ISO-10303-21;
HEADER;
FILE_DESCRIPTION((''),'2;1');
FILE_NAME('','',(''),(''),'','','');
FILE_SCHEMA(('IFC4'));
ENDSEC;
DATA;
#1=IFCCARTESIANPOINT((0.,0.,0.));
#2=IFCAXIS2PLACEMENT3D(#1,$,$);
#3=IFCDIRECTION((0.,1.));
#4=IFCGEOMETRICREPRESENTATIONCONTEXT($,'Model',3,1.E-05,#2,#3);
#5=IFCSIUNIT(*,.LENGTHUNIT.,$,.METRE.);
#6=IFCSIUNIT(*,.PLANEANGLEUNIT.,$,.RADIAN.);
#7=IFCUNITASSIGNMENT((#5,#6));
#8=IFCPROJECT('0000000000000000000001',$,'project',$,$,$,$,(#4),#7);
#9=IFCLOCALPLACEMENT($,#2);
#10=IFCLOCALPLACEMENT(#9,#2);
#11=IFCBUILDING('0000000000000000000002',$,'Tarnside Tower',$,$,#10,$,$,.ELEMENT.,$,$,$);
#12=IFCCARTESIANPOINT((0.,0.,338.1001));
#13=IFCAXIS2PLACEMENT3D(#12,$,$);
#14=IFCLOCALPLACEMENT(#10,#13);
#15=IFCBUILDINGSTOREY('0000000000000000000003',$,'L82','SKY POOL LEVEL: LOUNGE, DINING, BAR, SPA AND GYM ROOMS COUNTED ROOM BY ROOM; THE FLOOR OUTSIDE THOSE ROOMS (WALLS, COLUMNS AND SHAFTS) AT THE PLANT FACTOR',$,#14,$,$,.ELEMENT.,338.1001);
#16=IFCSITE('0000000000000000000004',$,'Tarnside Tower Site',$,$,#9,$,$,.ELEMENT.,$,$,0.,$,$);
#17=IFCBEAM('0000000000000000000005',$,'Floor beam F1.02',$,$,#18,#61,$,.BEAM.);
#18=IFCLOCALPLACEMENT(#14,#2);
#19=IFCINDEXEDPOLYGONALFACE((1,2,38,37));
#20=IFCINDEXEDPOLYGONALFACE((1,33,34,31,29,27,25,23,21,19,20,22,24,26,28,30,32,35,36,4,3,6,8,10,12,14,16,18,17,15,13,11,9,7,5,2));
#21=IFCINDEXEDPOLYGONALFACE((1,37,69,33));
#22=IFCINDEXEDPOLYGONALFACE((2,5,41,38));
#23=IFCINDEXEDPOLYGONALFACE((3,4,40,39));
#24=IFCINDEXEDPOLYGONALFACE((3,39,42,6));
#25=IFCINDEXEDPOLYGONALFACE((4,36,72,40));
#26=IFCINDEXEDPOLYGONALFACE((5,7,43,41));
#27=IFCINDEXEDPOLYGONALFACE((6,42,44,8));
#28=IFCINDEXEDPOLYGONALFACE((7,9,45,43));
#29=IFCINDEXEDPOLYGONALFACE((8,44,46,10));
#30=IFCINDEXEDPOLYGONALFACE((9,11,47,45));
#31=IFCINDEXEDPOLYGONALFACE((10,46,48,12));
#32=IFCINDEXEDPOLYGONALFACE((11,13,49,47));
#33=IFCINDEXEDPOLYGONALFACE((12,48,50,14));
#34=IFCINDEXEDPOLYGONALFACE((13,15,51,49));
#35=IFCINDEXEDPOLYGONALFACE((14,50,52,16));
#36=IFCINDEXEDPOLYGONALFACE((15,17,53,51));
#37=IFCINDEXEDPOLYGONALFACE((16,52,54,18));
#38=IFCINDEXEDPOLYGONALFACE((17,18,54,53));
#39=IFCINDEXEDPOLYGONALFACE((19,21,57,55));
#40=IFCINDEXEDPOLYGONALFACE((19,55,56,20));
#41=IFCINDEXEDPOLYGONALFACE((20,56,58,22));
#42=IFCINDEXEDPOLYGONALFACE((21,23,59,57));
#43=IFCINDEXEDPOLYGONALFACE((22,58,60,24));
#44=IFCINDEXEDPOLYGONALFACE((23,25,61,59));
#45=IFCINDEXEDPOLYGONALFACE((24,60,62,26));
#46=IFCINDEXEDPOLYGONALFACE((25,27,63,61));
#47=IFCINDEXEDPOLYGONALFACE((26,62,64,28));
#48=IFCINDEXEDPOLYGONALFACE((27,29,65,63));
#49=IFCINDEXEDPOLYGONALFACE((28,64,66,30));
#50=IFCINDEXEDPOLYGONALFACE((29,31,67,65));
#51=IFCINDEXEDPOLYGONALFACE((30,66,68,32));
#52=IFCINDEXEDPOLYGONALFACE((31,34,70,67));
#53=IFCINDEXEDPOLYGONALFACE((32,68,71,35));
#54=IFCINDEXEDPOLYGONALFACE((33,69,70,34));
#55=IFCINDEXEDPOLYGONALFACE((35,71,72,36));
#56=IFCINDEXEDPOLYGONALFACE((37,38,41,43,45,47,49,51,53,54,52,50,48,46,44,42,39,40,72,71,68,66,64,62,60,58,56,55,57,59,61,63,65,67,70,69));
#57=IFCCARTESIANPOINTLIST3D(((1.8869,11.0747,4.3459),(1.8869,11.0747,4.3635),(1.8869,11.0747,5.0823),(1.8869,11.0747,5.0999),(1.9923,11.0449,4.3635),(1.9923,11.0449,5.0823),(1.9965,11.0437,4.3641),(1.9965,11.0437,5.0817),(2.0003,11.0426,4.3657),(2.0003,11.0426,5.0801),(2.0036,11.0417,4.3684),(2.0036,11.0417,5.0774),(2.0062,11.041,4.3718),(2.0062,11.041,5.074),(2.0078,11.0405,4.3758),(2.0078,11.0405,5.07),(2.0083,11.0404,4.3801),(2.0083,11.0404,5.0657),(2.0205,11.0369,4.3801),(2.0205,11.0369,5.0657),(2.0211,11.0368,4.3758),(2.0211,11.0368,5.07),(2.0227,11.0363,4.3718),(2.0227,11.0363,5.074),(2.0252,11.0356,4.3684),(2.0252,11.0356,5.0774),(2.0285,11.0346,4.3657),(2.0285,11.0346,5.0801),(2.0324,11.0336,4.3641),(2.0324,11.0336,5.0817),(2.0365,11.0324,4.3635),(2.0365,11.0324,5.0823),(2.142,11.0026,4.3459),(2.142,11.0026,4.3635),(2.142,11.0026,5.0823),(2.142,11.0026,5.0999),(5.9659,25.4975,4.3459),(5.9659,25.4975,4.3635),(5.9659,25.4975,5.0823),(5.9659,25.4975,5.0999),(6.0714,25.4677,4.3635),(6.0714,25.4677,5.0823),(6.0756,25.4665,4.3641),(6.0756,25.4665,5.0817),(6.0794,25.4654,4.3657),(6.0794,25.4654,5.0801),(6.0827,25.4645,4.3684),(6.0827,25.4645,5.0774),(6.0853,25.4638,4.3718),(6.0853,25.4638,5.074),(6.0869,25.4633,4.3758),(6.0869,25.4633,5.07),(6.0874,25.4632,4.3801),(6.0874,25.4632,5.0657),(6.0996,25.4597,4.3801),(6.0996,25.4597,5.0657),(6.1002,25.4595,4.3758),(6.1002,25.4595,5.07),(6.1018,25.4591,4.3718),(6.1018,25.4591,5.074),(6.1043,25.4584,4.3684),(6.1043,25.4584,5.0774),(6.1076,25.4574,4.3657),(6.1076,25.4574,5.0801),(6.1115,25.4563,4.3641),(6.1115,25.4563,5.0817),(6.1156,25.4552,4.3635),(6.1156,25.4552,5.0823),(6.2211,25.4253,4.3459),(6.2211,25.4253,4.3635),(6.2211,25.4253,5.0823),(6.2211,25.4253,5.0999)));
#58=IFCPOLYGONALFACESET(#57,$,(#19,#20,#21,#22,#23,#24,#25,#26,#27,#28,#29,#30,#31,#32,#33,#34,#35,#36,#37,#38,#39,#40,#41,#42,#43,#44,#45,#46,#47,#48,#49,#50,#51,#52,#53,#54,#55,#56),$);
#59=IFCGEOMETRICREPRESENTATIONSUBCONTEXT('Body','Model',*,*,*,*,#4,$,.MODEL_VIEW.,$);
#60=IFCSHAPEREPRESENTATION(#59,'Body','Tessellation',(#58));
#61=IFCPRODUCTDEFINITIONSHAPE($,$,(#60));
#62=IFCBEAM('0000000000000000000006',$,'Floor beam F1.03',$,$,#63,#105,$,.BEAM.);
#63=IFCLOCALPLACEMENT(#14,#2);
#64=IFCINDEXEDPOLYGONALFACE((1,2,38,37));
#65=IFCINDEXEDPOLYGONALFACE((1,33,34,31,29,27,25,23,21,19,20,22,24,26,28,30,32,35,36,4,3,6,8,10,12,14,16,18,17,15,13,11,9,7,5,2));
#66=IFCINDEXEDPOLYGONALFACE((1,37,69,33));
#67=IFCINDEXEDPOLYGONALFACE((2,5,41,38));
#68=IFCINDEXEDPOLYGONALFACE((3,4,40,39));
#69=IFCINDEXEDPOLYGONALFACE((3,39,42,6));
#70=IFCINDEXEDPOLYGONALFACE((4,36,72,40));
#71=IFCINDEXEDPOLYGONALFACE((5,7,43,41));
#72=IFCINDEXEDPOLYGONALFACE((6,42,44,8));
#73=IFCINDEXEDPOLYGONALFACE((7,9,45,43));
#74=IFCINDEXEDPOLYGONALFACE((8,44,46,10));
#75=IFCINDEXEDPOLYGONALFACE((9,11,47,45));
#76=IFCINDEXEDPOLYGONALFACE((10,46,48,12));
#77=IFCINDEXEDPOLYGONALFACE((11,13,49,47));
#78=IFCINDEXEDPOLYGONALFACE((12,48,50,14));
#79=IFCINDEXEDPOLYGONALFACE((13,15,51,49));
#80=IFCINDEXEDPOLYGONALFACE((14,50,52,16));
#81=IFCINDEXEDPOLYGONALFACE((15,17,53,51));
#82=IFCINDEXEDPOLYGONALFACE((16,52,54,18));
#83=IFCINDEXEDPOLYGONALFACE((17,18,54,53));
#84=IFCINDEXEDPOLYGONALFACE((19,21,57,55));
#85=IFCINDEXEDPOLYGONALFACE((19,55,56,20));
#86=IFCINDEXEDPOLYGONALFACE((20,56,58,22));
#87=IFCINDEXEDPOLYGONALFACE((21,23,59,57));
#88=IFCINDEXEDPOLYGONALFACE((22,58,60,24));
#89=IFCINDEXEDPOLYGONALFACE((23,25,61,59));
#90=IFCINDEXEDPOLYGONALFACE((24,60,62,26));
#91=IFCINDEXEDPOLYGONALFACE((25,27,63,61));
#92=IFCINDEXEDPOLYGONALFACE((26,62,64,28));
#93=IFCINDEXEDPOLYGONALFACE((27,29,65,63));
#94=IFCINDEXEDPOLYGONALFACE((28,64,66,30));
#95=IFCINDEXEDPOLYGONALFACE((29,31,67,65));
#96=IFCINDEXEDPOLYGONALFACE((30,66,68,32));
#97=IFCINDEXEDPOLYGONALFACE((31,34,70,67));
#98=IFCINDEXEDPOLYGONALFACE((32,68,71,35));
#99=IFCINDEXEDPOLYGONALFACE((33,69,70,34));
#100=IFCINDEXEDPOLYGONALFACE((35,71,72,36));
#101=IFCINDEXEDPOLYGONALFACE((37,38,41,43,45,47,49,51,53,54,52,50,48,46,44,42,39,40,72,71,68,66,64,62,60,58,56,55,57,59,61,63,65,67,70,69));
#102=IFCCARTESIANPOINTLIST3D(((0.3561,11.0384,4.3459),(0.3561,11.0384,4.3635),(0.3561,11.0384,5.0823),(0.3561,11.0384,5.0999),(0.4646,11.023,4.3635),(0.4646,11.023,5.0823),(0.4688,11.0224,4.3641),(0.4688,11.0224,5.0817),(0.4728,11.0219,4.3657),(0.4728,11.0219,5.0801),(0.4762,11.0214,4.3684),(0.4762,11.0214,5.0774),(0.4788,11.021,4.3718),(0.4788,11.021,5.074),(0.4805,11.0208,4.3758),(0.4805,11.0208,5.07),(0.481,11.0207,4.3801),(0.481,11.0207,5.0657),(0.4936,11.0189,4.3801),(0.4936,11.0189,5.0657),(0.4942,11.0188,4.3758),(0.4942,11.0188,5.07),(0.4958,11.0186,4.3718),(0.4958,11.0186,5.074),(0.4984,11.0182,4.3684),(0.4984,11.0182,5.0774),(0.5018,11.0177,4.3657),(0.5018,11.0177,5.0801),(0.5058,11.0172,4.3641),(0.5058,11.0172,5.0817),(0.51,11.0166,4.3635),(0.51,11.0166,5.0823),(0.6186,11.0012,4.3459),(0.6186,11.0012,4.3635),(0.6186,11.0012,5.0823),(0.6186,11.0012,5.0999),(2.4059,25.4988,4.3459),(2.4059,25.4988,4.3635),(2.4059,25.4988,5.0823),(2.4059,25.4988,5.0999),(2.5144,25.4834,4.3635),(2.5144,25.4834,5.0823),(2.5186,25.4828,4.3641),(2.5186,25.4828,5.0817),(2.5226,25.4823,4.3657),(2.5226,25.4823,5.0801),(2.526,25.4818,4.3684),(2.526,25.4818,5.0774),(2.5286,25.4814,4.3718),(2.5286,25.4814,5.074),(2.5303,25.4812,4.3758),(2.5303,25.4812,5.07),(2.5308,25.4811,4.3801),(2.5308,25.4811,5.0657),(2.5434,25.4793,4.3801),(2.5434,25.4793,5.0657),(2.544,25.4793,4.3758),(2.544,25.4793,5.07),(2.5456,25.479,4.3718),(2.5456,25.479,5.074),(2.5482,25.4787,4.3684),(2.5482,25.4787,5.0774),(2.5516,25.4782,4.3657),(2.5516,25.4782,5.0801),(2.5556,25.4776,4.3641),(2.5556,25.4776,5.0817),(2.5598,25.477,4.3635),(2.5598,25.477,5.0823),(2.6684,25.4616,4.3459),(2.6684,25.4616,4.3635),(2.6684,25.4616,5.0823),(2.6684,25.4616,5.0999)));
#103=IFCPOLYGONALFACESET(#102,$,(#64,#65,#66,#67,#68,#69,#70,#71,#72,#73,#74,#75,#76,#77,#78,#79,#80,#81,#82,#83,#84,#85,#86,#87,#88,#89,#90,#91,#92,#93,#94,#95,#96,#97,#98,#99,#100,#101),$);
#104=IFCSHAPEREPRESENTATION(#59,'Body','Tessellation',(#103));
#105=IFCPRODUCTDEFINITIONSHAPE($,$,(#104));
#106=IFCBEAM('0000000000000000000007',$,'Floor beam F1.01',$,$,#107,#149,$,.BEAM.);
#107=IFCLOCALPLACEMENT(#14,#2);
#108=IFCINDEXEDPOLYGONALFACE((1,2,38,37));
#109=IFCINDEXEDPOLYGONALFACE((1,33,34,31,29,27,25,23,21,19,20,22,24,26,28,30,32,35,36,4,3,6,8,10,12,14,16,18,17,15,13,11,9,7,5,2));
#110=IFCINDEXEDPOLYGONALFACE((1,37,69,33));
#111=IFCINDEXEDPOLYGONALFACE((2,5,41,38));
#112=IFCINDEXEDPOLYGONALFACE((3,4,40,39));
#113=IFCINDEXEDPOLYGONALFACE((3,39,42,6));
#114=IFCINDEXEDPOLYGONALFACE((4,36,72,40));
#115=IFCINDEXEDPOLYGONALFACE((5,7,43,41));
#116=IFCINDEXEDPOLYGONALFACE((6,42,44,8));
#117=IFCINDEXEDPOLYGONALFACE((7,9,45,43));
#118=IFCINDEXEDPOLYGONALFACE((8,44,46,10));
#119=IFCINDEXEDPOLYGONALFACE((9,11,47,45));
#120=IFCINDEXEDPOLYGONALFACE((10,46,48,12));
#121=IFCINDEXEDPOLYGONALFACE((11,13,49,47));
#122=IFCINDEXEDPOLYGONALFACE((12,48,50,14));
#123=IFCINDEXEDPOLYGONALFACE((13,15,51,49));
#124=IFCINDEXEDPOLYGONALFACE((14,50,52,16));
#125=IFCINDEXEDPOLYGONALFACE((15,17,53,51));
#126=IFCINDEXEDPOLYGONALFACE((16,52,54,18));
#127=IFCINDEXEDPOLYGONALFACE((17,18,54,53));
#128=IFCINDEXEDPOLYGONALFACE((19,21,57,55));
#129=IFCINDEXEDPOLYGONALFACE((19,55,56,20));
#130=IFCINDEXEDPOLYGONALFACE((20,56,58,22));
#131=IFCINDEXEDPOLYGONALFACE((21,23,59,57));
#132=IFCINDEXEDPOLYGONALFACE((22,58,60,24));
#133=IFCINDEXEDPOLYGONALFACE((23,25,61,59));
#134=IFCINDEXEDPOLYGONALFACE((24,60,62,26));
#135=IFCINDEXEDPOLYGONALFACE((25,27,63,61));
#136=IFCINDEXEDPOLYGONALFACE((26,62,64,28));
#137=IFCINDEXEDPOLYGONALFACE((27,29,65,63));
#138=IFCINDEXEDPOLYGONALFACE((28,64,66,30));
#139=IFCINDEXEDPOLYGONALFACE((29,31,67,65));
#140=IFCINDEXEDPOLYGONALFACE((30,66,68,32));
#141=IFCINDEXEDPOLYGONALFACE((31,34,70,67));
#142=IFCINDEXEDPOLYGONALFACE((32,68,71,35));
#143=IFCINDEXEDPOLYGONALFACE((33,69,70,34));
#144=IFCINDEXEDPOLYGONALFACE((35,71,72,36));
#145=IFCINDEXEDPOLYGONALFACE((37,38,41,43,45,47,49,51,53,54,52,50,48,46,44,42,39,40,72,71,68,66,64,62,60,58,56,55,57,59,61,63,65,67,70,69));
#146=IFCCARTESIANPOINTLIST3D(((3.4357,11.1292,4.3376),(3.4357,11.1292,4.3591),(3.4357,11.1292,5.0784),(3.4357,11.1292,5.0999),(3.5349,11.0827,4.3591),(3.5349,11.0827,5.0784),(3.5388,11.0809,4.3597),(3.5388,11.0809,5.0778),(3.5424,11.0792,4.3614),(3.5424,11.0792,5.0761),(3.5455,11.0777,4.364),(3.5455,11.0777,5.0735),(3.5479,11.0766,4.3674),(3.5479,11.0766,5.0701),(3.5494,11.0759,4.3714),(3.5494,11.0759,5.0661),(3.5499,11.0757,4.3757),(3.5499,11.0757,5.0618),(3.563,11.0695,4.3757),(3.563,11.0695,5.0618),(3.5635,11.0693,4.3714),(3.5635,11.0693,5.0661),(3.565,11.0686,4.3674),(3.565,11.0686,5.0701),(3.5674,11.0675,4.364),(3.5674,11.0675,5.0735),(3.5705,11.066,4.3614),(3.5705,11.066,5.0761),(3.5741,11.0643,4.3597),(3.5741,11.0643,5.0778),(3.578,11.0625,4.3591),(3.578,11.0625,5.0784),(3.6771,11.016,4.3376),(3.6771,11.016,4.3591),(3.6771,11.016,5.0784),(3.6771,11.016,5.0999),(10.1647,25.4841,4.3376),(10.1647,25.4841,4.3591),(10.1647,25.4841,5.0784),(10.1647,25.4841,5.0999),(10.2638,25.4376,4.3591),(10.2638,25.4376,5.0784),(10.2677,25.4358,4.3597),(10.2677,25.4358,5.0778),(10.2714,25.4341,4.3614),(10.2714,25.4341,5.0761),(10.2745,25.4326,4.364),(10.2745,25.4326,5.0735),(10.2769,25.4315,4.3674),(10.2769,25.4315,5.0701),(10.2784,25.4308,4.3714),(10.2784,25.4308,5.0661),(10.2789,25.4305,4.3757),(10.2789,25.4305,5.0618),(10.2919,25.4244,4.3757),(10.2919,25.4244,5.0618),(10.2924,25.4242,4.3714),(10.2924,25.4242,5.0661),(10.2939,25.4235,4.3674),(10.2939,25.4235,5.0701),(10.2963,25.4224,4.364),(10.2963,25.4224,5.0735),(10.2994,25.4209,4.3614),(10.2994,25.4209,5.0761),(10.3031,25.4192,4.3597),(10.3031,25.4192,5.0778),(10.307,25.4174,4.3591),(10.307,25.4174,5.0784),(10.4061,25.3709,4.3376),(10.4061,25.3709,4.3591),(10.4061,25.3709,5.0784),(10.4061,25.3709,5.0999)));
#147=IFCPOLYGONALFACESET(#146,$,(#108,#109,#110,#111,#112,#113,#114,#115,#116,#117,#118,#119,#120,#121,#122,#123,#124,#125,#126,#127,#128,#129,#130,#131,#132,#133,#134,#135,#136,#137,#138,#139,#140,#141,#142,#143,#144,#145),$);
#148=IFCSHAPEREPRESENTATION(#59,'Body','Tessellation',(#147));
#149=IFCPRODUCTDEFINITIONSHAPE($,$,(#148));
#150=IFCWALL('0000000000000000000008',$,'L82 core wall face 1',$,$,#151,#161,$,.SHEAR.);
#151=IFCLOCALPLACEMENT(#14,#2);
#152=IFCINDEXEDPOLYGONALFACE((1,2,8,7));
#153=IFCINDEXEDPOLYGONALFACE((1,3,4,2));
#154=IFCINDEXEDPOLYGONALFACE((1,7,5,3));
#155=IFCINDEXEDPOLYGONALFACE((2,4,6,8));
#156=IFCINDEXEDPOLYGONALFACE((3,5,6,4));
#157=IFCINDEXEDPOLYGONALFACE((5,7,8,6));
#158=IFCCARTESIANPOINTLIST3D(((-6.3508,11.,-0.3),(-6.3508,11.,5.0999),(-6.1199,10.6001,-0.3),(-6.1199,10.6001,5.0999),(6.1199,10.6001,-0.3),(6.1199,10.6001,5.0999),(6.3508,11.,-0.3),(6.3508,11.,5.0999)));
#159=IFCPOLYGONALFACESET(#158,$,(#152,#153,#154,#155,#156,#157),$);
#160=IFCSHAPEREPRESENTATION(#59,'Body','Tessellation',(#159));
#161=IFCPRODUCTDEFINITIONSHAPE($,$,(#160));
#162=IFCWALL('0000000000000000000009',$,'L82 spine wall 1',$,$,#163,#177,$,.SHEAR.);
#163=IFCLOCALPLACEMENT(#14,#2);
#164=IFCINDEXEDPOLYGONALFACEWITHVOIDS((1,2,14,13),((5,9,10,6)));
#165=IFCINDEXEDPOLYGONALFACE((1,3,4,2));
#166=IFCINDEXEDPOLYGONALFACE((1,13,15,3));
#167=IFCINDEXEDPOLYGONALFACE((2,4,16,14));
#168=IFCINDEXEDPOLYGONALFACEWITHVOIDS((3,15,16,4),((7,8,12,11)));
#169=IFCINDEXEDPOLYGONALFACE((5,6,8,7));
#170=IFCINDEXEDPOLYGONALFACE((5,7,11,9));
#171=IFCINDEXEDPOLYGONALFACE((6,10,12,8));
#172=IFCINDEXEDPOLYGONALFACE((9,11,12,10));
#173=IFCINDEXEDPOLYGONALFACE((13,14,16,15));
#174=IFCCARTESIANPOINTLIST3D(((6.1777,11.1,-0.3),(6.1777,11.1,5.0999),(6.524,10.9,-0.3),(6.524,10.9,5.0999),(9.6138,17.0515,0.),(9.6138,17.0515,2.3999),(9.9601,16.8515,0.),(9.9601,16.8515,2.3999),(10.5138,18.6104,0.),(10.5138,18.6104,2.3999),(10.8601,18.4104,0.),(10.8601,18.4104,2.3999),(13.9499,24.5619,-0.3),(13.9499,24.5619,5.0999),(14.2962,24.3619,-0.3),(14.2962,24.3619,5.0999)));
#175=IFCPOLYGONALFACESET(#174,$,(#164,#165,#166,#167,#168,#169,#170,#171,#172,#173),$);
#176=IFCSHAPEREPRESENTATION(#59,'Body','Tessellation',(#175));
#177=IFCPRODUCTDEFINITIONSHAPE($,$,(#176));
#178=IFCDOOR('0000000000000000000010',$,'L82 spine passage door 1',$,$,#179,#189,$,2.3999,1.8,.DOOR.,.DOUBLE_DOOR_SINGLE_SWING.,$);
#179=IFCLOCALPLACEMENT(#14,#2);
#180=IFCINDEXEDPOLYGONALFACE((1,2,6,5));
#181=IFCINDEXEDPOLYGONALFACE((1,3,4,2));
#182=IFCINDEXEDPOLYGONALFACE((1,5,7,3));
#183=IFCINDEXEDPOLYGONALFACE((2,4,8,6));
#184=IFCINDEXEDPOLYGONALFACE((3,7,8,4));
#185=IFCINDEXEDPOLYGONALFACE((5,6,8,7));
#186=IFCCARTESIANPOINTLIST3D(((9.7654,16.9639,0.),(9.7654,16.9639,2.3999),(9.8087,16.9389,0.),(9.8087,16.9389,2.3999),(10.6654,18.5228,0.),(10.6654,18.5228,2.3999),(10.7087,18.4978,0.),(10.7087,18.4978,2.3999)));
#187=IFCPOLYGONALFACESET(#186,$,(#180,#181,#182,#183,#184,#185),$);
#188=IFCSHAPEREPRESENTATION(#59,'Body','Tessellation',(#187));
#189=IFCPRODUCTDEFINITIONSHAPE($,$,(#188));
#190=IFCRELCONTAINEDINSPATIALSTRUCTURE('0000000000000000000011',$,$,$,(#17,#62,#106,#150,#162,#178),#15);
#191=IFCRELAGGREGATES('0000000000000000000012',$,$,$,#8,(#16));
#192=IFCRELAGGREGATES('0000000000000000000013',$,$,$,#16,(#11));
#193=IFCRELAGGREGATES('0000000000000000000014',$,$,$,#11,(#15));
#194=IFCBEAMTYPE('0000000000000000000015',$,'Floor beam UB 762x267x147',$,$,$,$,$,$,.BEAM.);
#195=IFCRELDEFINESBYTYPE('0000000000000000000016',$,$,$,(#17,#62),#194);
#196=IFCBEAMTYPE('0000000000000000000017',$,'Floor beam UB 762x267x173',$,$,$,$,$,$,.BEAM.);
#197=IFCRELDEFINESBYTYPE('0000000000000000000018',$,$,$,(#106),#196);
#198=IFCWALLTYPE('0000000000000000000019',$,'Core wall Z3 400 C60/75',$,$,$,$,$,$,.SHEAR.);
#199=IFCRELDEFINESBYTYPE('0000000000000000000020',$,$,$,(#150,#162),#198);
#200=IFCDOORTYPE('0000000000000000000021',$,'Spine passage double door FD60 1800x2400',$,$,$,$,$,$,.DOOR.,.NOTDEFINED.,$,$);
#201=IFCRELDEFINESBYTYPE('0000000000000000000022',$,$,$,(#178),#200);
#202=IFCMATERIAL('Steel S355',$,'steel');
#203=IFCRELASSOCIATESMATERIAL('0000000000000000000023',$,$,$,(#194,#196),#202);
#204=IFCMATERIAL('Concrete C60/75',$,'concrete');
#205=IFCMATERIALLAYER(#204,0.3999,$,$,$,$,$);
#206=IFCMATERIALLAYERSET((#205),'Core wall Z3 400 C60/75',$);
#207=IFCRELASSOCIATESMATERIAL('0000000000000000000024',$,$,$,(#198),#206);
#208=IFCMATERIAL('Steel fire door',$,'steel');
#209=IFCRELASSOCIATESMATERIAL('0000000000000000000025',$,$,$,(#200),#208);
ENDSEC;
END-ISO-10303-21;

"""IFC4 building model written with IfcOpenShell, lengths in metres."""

from ifc_helpers import new_model, si_unit, direction, frame, frame_2d, origin, origin_2d, place, context, subcontext, project, spatial, polyline, rectangle, i_section, outline, extrude, material, layer, layer_set, material_profile, profile_set, type_object, element, fill, save


model = new_model("IFC4")

# Units and contexts
model_context = context("Model", 3, precision=1e-05, world=origin(), true_north=direction((0.0, 1.0)))
body_context = subcontext(model_context, "Body", "Model", "MODEL_VIEW")
ifc_project = project(units=[si_unit("LENGTHUNIT", "METRE"), si_unit("PLANEANGLEUNIT", "RADIAN")], contexts=[model_context])

# Site, building, storey
site_placement = place(None, origin())
site = spatial("IfcSite", under=ifc_project, at=site_placement, Name="Tarnside Tower Site", CompositionType="ELEMENT", RefElevation=0.0)
building_placement = place(site_placement, origin())
building = spatial("IfcBuilding", under=site, at=building_placement, Name="Tarnside Tower", CompositionType="ELEMENT")
storey_placement = place(building_placement, frame((0.0, 0.0, 338.1001)))
storey = spatial("IfcBuildingStorey", under=building, at=storey_placement, Name="L82", Description="SKY POOL LEVEL: LOUNGE, DINING, BAR, SPA AND GYM ROOMS COUNTED ROOM BY ROOM; THE FLOOR OUTSIDE THOSE ROOMS (WALLS, COLUMNS AND SHAFTS) AT THE PLANT FACTOR", CompositionType="ELEMENT", Elevation=338.1001)

# Beams
ifc_material_1 = material(Name="Steel S355", Category="steel")
ifc_material_profile_1 = material_profile(ifc_material_1, i_section(OverallWidth=0.2651, OverallDepth=0.7539, WebThickness=0.0127, FlangeThickness=0.0176, FilletRadius=0.0166, at=origin_2d()), Name="UB 762x267x147")
ifc_profile_set_1 = profile_set([ifc_material_profile_1], Name="Steel S355")
beam_type_1 = type_object("IfcBeamType", Name="Floor beam UB 762x267x147", PredefinedType="BEAM", material=ifc_profile_set_1)
beam_1_placement = place(storey_placement, frame((6.0935, 25.4614, 4.7229), z_axis=(-0.272147, -0.962256, 0.0), x_axis=(0.962256, -0.272147, 0.0)))
element("IfcBeam", 1, at=beam_1_placement, inside=storey, type_object=beam_type_1, Name="Floor beam F1.02", PredefinedType="BEAM", context=body_context, shape_type="SweptSolid", body=[
    extrude(i_section(OverallWidth=0.2651, OverallDepth=0.7539, WebThickness=0.0127, FlangeThickness=0.0176, FilletRadius=0.0166, at=origin_2d()), origin(), (0.0, 0.0, 1.0), 14.9885),
])
beam_2_placement = place(storey_placement, frame((2.5371, 25.4802, 4.7229), z_axis=(-0.140349, -0.990102, 0.0), x_axis=(0.990102, -0.140349, 0.0)))
element("IfcBeam", 2, at=beam_2_placement, inside=storey, type_object=beam_type_1, Name="Floor beam F1.03", PredefinedType="BEAM", context=body_context, shape_type="SweptSolid", body=[
    extrude(i_section(OverallWidth=0.2651, OverallDepth=0.7539, WebThickness=0.0127, FlangeThickness=0.0176, FilletRadius=0.0166, at=origin_2d()), origin(), (0.0, 0.0, 1.0), 14.605),
])
ifc_material_profile_2 = material_profile(ifc_material_1, i_section(OverallWidth=0.2666, OverallDepth=0.7622, WebThickness=0.0144, FlangeThickness=0.0215, FilletRadius=0.0166, at=origin_2d()), Name="UB 762x267x173")
ifc_profile_set_2 = profile_set([ifc_material_profile_2], Name="Steel S355")
beam_type_2 = type_object("IfcBeamType", Name="Floor beam UB 762x267x173", PredefinedType="BEAM", material=ifc_profile_set_2)
beam_3_placement = place(storey_placement, frame((10.2854, 25.4275, 4.7188), z_axis=(-0.424439, -0.905456, 0.0), x_axis=(0.905456, -0.424439, 0.0)))
element("IfcBeam", 3, at=beam_3_placement, inside=storey, type_object=beam_type_2, Name="Floor beam F1.01", PredefinedType="BEAM", context=body_context, shape_type="SweptSolid", body=[
    extrude(i_section(OverallWidth=0.2666, OverallDepth=0.7622, WebThickness=0.0144, FlangeThickness=0.0215, FilletRadius=0.0166, at=origin_2d()), origin(), (0.0, 0.0, 1.0), 15.8538),
])

# Wall
ifc_material_2 = material(Name="Concrete C60/75", Category="concrete")
ifc_layer_1 = layer(ifc_material_2, 0.3999)
ifc_layer_set_1 = layer_set([ifc_layer_1], Name="Core wall Z3 400 C60/75")
wall_type_1 = type_object("IfcWallType", Name="Core wall Z3 400 C60/75", PredefinedType="SHEAR", material=ifc_layer_set_1)
wall_1_placement = place(storey_placement, frame((6.2354, 10.8, -0.3), z_axis=(0.0, 0.0, 1.0), x_axis=(-1.0, 0.0, 0.0)))
element("IfcWall", 4, at=wall_1_placement, inside=storey, type_object=wall_type_1, Name="L82 core wall face 1", PredefinedType="SHEAR", context=body_context, shape_type="SweptSolid", body=[
    extrude(outline(polyline([(-0.1155, -0.2), (12.5862, -0.2), (12.3552, 0.2), (0.1155, 0.2), (-0.1155, -0.2)])), origin(), (0.0, 0.0, 1.0), 5.3999),
])

# Wall, opening, door
wall_2_placement = place(storey_placement, frame((6.3508, 11.0, -0.3), z_axis=(0.0, 0.0, 1.0), x_axis=(0.499999, 0.866026, 0.0)))
wall_2 = element("IfcWall", 5, at=wall_2_placement, inside=storey, type_object=wall_type_1, Name="L82 spine wall 1", PredefinedType="SHEAR", context=body_context, shape_type="SweptSolid", body=[
    extrude(rectangle(XDim=15.5444, YDim=0.3999, at=frame_2d((7.7722, 0.0))), origin(), (0.0, 0.0, 1.0), 5.3999),
])
opening_1_placement = place(wall_2_placement, frame((6.8723, 0.0, 0.3)))
opening_1 = element("IfcOpeningElement", 6, at=opening_1_placement, cuts=wall_2, PredefinedType="OPENING", context=body_context, shape_type="SweptSolid", body=[
    extrude(rectangle(XDim=1.8, YDim=2.3999, at=frame_2d((0.8999, 1.2))), frame((0.0, 0.21, 0.0), z_axis=(0.0, -1.0, 0.0), x_axis=(1.0, 0.0, 0.0)), (0.0, 0.0, 1.0), 0.4199),
])
ifc_material_3 = material(Name="Steel fire door", Category="steel")
door_type_1 = type_object("IfcDoorType", Name="Spine passage double door FD60 1800x2400", OperationType="NOTDEFINED", PredefinedType="DOOR", material=ifc_material_3)
door_1_placement = place(opening_1_placement, origin())
door_1 = element("IfcDoor", 7, at=door_1_placement, inside=storey, type_object=door_type_1, Name="L82 spine passage door 1", OperationType="DOUBLE_DOOR_SINGLE_SWING", OverallHeight=2.3999, OverallWidth=1.8, PredefinedType="DOOR", context=body_context, shape_type="SweptSolid", body=[
    extrude(rectangle(XDim=1.8, YDim=2.3999, at=frame_2d((0.8999, 1.2))), frame((0.0, 0.0249, 0.0), z_axis=(0.0, -1.0, 0.0), x_axis=(1.0, 0.0, 0.0)), (0.0, 0.0, 1.0), 0.05),
])
fill(opening_1, door_1)

save(model, "model.ifc")
